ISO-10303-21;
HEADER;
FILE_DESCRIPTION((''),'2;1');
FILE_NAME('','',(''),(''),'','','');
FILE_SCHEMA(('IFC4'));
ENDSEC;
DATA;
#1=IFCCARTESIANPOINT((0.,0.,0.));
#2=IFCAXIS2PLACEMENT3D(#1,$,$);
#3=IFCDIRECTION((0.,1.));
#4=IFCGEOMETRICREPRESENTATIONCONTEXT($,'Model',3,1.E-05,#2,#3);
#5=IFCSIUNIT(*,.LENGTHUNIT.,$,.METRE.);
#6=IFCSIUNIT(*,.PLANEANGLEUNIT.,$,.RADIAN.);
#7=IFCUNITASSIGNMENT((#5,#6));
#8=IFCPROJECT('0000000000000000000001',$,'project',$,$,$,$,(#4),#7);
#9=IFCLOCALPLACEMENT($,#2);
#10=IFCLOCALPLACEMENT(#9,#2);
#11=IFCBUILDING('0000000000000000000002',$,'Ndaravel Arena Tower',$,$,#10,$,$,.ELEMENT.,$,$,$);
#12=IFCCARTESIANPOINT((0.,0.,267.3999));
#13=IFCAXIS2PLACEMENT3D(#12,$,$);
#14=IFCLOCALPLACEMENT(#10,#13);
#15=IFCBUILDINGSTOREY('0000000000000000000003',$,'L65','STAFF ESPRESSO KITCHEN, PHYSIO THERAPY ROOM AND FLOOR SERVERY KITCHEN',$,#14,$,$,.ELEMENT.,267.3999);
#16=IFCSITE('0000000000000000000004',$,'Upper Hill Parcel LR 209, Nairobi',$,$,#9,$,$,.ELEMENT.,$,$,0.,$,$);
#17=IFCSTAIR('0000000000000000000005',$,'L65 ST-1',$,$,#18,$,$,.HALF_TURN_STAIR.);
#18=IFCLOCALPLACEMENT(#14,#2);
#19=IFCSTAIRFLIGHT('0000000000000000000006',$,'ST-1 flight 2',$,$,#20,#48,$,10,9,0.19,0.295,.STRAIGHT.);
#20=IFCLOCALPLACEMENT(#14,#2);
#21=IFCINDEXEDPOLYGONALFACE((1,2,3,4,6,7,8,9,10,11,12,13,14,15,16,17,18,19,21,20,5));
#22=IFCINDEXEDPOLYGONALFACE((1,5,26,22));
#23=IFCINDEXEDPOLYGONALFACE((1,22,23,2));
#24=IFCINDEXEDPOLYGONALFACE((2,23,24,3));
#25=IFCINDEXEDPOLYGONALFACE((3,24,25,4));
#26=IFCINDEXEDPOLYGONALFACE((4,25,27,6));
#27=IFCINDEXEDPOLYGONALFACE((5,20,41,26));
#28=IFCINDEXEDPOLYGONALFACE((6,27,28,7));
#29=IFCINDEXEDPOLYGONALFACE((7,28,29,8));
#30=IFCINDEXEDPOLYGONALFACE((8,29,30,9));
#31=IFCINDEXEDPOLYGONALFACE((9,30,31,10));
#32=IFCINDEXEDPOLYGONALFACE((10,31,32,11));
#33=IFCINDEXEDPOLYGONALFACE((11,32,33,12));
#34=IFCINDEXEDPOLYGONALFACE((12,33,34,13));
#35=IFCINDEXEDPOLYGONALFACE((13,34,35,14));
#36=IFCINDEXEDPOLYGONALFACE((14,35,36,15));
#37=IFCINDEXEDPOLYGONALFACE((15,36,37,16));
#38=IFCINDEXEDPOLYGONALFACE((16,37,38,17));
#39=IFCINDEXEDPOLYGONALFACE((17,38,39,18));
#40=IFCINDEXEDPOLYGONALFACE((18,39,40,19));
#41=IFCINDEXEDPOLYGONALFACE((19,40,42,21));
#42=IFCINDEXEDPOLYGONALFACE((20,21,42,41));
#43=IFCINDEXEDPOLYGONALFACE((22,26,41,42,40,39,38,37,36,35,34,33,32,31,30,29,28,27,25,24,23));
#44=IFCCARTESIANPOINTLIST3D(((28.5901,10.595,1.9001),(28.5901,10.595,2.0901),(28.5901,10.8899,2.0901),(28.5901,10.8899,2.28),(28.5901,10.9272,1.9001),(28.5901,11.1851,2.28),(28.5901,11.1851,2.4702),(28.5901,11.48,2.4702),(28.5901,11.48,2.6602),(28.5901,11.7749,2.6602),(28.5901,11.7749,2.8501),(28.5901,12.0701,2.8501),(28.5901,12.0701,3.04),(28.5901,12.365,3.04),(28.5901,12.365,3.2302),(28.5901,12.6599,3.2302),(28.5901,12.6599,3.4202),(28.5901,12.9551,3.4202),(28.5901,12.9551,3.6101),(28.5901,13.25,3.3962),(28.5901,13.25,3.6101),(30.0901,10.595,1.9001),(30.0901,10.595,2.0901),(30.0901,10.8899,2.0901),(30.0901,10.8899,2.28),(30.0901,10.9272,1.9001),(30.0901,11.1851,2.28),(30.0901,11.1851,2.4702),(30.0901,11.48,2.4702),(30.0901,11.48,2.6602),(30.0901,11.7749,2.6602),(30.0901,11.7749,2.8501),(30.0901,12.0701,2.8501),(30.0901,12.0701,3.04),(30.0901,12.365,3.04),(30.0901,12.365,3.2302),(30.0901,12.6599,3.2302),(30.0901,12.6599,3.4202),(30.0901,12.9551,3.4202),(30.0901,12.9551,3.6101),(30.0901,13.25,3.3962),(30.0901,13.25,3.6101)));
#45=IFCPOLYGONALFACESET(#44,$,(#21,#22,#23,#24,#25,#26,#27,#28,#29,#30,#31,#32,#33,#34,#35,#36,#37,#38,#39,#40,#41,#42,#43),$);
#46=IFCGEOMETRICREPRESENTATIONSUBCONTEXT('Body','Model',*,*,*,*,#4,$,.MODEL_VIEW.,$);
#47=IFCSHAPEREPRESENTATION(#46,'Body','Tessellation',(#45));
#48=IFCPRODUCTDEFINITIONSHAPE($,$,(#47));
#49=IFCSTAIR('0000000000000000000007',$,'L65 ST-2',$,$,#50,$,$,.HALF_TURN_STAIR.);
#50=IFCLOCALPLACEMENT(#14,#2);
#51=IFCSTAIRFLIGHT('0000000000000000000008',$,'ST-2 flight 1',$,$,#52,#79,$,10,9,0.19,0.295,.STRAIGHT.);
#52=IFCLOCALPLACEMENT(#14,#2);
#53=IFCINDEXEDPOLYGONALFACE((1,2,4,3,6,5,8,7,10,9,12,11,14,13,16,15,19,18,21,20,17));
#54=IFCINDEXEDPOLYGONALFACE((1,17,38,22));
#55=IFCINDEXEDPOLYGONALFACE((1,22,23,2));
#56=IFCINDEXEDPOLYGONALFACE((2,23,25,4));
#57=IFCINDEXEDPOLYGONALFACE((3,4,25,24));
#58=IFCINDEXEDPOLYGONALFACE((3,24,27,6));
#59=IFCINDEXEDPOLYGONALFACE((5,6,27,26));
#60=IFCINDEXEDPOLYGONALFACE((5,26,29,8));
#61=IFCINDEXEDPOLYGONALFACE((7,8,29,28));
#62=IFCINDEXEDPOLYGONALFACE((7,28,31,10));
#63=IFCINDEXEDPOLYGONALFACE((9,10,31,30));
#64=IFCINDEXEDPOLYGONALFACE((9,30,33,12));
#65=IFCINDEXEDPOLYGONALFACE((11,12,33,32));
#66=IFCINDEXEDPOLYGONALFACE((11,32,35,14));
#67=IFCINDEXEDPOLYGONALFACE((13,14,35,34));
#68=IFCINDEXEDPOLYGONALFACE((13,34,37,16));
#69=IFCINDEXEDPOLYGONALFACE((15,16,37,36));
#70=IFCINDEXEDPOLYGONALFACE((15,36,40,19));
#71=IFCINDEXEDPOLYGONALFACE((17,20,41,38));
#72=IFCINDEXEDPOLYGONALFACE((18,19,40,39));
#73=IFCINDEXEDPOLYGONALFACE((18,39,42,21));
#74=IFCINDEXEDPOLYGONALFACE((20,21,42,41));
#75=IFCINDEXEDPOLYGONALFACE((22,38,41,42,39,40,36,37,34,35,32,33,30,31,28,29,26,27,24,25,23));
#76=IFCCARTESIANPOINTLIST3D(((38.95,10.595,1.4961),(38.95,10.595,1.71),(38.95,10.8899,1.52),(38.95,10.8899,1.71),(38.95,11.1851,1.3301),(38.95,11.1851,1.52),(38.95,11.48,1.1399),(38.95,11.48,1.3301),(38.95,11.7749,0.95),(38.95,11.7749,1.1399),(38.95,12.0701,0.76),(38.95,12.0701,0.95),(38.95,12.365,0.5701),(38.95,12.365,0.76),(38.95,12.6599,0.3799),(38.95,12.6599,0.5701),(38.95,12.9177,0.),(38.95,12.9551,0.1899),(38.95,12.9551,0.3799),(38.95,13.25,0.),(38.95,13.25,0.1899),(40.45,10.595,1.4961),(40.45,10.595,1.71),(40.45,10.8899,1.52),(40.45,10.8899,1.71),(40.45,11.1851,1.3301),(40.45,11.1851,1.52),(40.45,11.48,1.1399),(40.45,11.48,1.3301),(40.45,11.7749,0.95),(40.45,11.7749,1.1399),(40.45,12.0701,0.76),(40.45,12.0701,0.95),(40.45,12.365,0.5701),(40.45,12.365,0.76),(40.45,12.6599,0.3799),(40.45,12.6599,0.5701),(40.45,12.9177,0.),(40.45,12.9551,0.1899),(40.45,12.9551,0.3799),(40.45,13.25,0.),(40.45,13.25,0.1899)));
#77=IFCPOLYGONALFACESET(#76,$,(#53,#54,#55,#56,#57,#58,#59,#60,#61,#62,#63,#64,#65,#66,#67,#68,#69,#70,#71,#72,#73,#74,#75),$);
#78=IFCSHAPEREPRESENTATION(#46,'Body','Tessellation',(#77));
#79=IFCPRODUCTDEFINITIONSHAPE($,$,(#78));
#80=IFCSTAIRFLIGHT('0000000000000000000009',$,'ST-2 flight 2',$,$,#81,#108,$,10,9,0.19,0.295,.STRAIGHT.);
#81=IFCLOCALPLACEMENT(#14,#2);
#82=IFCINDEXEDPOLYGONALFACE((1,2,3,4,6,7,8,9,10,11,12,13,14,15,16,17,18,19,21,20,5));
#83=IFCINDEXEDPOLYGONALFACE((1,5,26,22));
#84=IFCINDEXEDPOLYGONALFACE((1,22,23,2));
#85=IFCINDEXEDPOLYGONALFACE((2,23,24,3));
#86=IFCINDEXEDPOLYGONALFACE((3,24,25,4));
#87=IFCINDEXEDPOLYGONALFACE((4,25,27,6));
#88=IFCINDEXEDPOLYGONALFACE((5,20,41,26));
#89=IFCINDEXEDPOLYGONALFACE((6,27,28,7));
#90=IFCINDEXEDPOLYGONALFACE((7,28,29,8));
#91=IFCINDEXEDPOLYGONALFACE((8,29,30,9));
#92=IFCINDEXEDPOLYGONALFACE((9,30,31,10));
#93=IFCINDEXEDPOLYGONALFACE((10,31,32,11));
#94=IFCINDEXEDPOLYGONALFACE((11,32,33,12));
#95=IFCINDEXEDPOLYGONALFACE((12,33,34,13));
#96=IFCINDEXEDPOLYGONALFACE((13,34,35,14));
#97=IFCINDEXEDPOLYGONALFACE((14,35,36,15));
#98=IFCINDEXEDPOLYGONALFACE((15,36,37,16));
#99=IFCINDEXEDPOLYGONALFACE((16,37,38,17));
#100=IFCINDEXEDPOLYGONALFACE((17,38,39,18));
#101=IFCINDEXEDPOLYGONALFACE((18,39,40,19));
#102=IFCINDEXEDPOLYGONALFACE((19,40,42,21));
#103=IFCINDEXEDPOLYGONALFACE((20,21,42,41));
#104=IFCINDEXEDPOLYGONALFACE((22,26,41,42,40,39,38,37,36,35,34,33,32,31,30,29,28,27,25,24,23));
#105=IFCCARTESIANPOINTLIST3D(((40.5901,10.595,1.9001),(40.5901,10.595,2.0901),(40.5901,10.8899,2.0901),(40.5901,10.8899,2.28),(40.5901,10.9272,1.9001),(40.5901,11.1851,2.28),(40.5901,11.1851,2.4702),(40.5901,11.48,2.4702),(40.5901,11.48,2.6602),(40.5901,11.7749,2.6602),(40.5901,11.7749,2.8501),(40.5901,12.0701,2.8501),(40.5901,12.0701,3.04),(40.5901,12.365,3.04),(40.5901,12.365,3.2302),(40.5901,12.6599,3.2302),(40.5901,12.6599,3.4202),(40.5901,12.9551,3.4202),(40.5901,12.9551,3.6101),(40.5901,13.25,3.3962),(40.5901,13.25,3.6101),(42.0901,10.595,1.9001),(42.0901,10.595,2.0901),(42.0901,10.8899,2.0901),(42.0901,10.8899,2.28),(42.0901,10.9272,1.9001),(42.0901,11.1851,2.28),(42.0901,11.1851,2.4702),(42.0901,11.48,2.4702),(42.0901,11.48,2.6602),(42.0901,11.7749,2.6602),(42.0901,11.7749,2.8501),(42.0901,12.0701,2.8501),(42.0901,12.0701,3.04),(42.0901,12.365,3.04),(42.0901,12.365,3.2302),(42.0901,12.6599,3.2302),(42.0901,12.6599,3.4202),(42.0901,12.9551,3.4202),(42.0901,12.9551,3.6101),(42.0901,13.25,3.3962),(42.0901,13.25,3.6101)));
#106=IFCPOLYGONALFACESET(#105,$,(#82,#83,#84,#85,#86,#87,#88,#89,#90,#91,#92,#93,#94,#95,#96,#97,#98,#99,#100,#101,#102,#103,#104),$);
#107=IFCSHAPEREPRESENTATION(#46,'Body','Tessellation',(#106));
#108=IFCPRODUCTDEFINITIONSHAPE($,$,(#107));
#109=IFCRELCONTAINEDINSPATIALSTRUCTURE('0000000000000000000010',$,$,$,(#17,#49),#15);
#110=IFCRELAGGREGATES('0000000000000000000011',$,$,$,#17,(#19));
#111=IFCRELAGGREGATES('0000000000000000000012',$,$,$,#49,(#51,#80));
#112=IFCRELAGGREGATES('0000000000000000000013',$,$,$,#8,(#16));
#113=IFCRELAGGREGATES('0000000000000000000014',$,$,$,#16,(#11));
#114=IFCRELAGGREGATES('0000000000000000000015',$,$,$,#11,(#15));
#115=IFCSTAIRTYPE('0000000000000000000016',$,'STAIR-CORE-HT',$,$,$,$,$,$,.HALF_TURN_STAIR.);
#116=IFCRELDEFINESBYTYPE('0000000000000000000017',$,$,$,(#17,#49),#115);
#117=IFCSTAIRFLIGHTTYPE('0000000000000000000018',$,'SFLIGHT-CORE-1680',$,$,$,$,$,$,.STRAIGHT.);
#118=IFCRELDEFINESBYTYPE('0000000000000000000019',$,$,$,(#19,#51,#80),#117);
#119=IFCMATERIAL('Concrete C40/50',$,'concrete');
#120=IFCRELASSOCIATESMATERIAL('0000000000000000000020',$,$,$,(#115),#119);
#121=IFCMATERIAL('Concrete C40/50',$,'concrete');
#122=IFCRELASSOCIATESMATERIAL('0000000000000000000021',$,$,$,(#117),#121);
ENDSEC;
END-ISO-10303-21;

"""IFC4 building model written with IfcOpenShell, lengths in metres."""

from ifc_helpers import new_model, si_unit, direction, frame, origin, place, context, subcontext, project, spatial, polyline, outline, extrude, material, type_object, element, aggregate, save


model = new_model("IFC4")

# Units and contexts
model_context = context("Model", 3, precision=1e-05, world=origin(), true_north=direction((0.0, 1.0)))
body_context = subcontext(model_context, "Body", "Model", "MODEL_VIEW")
ifc_project = project(units=[si_unit("LENGTHUNIT", "METRE"), si_unit("PLANEANGLEUNIT", "RADIAN")], contexts=[model_context])

# Site, building, storey
site_placement = place(None, origin())
site = spatial("IfcSite", under=ifc_project, at=site_placement, Name="Upper Hill Parcel LR 209, Nairobi", CompositionType="ELEMENT", RefElevation=0.0)
building_placement = place(site_placement, origin())
building = spatial("IfcBuilding", under=site, at=building_placement, Name="Ndaravel Arena Tower", CompositionType="ELEMENT")
storey_placement = place(building_placement, frame((0.0, 0.0, 267.3999)))
storey = spatial("IfcBuildingStorey", under=building, at=storey_placement, Name="L65", Description="STAFF ESPRESSO KITCHEN, PHYSIO THERAPY ROOM AND FLOOR SERVERY KITCHEN", CompositionType="ELEMENT", Elevation=267.3999)

# Stairs, stair flights
ifc_material_1 = material(Name="Concrete C40/50", Category="concrete")
stair_type = type_object("IfcStairType", Name="STAIR-CORE-HT", PredefinedType="HALF_TURN_STAIR", material=ifc_material_1)
stair_1_placement = place(storey_placement, origin())
stair_1 = element("IfcStair", 1, at=stair_1_placement, inside=storey, type_object=stair_type, Name="L65 ST-1", PredefinedType="HALF_TURN_STAIR")
ifc_material_2 = material(Name="Concrete C40/50", Category="concrete")
stair_flight_type = type_object("IfcStairFlightType", Name="SFLIGHT-CORE-1680", PredefinedType="STRAIGHT", material=ifc_material_2)
stair_flight_1_placement = place(storey_placement, frame((29.3401, 10.595, 1.9001), z_axis=(0.0, 0.0, 1.0), x_axis=(0.0, 1.0, 0.0)))
stair_flight_1 = element("IfcStairFlight", 2, at=stair_flight_1_placement, type_object=stair_flight_type, Name="ST-1 flight 2", NumberOfRisers=10, NumberOfTreads=9, PredefinedType="STRAIGHT", RiserHeight=0.19, TreadLength=0.295, context=body_context, shape_type="SweptSolid", body=[
    extrude(outline(polyline([(0.0, 0.0), (0.0, 0.1899), (0.2949, 0.1899), (0.2949, 0.3799), (0.5901, 0.3799), (0.5901, 0.5701), (0.885, 0.5701), (0.885, 0.76), (1.1799, 0.76), (1.1799, 0.95), (1.4751, 0.95), (1.4751, 1.1399), (1.77, 1.1399), (1.77, 1.3301), (2.0649, 1.3301), (2.0649, 1.52), (2.3601, 1.52), (2.3601, 1.71), (2.655, 1.71), (2.655, 1.8999), (2.655, 1.4961), (0.3323, 0.0), (0.0, 0.0)])), frame((0.0, 0.75, 0.0), z_axis=(0.0, -1.0, 0.0), x_axis=(1.0, 0.0, 0.0)), (0.0, 0.0, 1.0), 1.5),
])
aggregate(stair_1, [stair_flight_1])
stair_2_placement = place(storey_placement, origin())
stair_2 = element("IfcStair", 3, at=stair_2_placement, inside=storey, type_object=stair_type, Name="L65 ST-2", PredefinedType="HALF_TURN_STAIR")
stair_flight_2_placement = place(storey_placement, frame((39.7, 13.25, 0.0), z_axis=(0.0, 0.0, 1.0), x_axis=(0.0, -1.0, 0.0)))
stair_flight_2 = element("IfcStairFlight", 4, at=stair_flight_2_placement, type_object=stair_flight_type, Name="ST-2 flight 1", NumberOfRisers=10, NumberOfTreads=9, PredefinedType="STRAIGHT", RiserHeight=0.19, TreadLength=0.295, context=body_context, shape_type="SweptSolid", body=[
    extrude(outline(polyline([(0.0, 0.0), (0.0, 0.1899), (0.2949, 0.1899), (0.2949, 0.3799), (0.5901, 0.3799), (0.5901, 0.5701), (0.885, 0.5701), (0.885, 0.76), (1.1799, 0.76), (1.1799, 0.95), (1.4751, 0.95), (1.4751, 1.1399), (1.77, 1.1399), (1.77, 1.3301), (2.0649, 1.3301), (2.0649, 1.52), (2.3601, 1.52), (2.3601, 1.71), (2.655, 1.71), (2.655, 1.8999), (2.655, 1.4961), (0.3323, 0.0), (0.0, 0.0)])), frame((0.0, 0.75, 0.0), z_axis=(0.0, -1.0, 0.0), x_axis=(1.0, 0.0, 0.0)), (0.0, 0.0, 1.0), 1.5),
])
stair_flight_3_placement = place(storey_placement, frame((41.3401, 10.595, 1.9001), z_axis=(0.0, 0.0, 1.0), x_axis=(0.0, 1.0, 0.0)))
stair_flight_3 = element("IfcStairFlight", 5, at=stair_flight_3_placement, type_object=stair_flight_type, Name="ST-2 flight 2", NumberOfRisers=10, NumberOfTreads=9, PredefinedType="STRAIGHT", RiserHeight=0.19, TreadLength=0.295, context=body_context, shape_type="SweptSolid", body=[
    extrude(outline(polyline([(0.0, 0.0), (0.0, 0.1899), (0.2949, 0.1899), (0.2949, 0.3799), (0.5901, 0.3799), (0.5901, 0.5701), (0.885, 0.5701), (0.885, 0.76), (1.1799, 0.76), (1.1799, 0.95), (1.4751, 0.95), (1.4751, 1.1399), (1.77, 1.1399), (1.77, 1.3301), (2.0649, 1.3301), (2.0649, 1.52), (2.3601, 1.52), (2.3601, 1.71), (2.655, 1.71), (2.655, 1.8999), (2.655, 1.4961), (0.3323, 0.0), (0.0, 0.0)])), frame((0.0, 0.75, 0.0), z_axis=(0.0, -1.0, 0.0), x_axis=(1.0, 0.0, 0.0)), (0.0, 0.0, 1.0), 1.5),
])
aggregate(stair_2, [stair_flight_2, stair_flight_3])

save(model, "model.ifc")
